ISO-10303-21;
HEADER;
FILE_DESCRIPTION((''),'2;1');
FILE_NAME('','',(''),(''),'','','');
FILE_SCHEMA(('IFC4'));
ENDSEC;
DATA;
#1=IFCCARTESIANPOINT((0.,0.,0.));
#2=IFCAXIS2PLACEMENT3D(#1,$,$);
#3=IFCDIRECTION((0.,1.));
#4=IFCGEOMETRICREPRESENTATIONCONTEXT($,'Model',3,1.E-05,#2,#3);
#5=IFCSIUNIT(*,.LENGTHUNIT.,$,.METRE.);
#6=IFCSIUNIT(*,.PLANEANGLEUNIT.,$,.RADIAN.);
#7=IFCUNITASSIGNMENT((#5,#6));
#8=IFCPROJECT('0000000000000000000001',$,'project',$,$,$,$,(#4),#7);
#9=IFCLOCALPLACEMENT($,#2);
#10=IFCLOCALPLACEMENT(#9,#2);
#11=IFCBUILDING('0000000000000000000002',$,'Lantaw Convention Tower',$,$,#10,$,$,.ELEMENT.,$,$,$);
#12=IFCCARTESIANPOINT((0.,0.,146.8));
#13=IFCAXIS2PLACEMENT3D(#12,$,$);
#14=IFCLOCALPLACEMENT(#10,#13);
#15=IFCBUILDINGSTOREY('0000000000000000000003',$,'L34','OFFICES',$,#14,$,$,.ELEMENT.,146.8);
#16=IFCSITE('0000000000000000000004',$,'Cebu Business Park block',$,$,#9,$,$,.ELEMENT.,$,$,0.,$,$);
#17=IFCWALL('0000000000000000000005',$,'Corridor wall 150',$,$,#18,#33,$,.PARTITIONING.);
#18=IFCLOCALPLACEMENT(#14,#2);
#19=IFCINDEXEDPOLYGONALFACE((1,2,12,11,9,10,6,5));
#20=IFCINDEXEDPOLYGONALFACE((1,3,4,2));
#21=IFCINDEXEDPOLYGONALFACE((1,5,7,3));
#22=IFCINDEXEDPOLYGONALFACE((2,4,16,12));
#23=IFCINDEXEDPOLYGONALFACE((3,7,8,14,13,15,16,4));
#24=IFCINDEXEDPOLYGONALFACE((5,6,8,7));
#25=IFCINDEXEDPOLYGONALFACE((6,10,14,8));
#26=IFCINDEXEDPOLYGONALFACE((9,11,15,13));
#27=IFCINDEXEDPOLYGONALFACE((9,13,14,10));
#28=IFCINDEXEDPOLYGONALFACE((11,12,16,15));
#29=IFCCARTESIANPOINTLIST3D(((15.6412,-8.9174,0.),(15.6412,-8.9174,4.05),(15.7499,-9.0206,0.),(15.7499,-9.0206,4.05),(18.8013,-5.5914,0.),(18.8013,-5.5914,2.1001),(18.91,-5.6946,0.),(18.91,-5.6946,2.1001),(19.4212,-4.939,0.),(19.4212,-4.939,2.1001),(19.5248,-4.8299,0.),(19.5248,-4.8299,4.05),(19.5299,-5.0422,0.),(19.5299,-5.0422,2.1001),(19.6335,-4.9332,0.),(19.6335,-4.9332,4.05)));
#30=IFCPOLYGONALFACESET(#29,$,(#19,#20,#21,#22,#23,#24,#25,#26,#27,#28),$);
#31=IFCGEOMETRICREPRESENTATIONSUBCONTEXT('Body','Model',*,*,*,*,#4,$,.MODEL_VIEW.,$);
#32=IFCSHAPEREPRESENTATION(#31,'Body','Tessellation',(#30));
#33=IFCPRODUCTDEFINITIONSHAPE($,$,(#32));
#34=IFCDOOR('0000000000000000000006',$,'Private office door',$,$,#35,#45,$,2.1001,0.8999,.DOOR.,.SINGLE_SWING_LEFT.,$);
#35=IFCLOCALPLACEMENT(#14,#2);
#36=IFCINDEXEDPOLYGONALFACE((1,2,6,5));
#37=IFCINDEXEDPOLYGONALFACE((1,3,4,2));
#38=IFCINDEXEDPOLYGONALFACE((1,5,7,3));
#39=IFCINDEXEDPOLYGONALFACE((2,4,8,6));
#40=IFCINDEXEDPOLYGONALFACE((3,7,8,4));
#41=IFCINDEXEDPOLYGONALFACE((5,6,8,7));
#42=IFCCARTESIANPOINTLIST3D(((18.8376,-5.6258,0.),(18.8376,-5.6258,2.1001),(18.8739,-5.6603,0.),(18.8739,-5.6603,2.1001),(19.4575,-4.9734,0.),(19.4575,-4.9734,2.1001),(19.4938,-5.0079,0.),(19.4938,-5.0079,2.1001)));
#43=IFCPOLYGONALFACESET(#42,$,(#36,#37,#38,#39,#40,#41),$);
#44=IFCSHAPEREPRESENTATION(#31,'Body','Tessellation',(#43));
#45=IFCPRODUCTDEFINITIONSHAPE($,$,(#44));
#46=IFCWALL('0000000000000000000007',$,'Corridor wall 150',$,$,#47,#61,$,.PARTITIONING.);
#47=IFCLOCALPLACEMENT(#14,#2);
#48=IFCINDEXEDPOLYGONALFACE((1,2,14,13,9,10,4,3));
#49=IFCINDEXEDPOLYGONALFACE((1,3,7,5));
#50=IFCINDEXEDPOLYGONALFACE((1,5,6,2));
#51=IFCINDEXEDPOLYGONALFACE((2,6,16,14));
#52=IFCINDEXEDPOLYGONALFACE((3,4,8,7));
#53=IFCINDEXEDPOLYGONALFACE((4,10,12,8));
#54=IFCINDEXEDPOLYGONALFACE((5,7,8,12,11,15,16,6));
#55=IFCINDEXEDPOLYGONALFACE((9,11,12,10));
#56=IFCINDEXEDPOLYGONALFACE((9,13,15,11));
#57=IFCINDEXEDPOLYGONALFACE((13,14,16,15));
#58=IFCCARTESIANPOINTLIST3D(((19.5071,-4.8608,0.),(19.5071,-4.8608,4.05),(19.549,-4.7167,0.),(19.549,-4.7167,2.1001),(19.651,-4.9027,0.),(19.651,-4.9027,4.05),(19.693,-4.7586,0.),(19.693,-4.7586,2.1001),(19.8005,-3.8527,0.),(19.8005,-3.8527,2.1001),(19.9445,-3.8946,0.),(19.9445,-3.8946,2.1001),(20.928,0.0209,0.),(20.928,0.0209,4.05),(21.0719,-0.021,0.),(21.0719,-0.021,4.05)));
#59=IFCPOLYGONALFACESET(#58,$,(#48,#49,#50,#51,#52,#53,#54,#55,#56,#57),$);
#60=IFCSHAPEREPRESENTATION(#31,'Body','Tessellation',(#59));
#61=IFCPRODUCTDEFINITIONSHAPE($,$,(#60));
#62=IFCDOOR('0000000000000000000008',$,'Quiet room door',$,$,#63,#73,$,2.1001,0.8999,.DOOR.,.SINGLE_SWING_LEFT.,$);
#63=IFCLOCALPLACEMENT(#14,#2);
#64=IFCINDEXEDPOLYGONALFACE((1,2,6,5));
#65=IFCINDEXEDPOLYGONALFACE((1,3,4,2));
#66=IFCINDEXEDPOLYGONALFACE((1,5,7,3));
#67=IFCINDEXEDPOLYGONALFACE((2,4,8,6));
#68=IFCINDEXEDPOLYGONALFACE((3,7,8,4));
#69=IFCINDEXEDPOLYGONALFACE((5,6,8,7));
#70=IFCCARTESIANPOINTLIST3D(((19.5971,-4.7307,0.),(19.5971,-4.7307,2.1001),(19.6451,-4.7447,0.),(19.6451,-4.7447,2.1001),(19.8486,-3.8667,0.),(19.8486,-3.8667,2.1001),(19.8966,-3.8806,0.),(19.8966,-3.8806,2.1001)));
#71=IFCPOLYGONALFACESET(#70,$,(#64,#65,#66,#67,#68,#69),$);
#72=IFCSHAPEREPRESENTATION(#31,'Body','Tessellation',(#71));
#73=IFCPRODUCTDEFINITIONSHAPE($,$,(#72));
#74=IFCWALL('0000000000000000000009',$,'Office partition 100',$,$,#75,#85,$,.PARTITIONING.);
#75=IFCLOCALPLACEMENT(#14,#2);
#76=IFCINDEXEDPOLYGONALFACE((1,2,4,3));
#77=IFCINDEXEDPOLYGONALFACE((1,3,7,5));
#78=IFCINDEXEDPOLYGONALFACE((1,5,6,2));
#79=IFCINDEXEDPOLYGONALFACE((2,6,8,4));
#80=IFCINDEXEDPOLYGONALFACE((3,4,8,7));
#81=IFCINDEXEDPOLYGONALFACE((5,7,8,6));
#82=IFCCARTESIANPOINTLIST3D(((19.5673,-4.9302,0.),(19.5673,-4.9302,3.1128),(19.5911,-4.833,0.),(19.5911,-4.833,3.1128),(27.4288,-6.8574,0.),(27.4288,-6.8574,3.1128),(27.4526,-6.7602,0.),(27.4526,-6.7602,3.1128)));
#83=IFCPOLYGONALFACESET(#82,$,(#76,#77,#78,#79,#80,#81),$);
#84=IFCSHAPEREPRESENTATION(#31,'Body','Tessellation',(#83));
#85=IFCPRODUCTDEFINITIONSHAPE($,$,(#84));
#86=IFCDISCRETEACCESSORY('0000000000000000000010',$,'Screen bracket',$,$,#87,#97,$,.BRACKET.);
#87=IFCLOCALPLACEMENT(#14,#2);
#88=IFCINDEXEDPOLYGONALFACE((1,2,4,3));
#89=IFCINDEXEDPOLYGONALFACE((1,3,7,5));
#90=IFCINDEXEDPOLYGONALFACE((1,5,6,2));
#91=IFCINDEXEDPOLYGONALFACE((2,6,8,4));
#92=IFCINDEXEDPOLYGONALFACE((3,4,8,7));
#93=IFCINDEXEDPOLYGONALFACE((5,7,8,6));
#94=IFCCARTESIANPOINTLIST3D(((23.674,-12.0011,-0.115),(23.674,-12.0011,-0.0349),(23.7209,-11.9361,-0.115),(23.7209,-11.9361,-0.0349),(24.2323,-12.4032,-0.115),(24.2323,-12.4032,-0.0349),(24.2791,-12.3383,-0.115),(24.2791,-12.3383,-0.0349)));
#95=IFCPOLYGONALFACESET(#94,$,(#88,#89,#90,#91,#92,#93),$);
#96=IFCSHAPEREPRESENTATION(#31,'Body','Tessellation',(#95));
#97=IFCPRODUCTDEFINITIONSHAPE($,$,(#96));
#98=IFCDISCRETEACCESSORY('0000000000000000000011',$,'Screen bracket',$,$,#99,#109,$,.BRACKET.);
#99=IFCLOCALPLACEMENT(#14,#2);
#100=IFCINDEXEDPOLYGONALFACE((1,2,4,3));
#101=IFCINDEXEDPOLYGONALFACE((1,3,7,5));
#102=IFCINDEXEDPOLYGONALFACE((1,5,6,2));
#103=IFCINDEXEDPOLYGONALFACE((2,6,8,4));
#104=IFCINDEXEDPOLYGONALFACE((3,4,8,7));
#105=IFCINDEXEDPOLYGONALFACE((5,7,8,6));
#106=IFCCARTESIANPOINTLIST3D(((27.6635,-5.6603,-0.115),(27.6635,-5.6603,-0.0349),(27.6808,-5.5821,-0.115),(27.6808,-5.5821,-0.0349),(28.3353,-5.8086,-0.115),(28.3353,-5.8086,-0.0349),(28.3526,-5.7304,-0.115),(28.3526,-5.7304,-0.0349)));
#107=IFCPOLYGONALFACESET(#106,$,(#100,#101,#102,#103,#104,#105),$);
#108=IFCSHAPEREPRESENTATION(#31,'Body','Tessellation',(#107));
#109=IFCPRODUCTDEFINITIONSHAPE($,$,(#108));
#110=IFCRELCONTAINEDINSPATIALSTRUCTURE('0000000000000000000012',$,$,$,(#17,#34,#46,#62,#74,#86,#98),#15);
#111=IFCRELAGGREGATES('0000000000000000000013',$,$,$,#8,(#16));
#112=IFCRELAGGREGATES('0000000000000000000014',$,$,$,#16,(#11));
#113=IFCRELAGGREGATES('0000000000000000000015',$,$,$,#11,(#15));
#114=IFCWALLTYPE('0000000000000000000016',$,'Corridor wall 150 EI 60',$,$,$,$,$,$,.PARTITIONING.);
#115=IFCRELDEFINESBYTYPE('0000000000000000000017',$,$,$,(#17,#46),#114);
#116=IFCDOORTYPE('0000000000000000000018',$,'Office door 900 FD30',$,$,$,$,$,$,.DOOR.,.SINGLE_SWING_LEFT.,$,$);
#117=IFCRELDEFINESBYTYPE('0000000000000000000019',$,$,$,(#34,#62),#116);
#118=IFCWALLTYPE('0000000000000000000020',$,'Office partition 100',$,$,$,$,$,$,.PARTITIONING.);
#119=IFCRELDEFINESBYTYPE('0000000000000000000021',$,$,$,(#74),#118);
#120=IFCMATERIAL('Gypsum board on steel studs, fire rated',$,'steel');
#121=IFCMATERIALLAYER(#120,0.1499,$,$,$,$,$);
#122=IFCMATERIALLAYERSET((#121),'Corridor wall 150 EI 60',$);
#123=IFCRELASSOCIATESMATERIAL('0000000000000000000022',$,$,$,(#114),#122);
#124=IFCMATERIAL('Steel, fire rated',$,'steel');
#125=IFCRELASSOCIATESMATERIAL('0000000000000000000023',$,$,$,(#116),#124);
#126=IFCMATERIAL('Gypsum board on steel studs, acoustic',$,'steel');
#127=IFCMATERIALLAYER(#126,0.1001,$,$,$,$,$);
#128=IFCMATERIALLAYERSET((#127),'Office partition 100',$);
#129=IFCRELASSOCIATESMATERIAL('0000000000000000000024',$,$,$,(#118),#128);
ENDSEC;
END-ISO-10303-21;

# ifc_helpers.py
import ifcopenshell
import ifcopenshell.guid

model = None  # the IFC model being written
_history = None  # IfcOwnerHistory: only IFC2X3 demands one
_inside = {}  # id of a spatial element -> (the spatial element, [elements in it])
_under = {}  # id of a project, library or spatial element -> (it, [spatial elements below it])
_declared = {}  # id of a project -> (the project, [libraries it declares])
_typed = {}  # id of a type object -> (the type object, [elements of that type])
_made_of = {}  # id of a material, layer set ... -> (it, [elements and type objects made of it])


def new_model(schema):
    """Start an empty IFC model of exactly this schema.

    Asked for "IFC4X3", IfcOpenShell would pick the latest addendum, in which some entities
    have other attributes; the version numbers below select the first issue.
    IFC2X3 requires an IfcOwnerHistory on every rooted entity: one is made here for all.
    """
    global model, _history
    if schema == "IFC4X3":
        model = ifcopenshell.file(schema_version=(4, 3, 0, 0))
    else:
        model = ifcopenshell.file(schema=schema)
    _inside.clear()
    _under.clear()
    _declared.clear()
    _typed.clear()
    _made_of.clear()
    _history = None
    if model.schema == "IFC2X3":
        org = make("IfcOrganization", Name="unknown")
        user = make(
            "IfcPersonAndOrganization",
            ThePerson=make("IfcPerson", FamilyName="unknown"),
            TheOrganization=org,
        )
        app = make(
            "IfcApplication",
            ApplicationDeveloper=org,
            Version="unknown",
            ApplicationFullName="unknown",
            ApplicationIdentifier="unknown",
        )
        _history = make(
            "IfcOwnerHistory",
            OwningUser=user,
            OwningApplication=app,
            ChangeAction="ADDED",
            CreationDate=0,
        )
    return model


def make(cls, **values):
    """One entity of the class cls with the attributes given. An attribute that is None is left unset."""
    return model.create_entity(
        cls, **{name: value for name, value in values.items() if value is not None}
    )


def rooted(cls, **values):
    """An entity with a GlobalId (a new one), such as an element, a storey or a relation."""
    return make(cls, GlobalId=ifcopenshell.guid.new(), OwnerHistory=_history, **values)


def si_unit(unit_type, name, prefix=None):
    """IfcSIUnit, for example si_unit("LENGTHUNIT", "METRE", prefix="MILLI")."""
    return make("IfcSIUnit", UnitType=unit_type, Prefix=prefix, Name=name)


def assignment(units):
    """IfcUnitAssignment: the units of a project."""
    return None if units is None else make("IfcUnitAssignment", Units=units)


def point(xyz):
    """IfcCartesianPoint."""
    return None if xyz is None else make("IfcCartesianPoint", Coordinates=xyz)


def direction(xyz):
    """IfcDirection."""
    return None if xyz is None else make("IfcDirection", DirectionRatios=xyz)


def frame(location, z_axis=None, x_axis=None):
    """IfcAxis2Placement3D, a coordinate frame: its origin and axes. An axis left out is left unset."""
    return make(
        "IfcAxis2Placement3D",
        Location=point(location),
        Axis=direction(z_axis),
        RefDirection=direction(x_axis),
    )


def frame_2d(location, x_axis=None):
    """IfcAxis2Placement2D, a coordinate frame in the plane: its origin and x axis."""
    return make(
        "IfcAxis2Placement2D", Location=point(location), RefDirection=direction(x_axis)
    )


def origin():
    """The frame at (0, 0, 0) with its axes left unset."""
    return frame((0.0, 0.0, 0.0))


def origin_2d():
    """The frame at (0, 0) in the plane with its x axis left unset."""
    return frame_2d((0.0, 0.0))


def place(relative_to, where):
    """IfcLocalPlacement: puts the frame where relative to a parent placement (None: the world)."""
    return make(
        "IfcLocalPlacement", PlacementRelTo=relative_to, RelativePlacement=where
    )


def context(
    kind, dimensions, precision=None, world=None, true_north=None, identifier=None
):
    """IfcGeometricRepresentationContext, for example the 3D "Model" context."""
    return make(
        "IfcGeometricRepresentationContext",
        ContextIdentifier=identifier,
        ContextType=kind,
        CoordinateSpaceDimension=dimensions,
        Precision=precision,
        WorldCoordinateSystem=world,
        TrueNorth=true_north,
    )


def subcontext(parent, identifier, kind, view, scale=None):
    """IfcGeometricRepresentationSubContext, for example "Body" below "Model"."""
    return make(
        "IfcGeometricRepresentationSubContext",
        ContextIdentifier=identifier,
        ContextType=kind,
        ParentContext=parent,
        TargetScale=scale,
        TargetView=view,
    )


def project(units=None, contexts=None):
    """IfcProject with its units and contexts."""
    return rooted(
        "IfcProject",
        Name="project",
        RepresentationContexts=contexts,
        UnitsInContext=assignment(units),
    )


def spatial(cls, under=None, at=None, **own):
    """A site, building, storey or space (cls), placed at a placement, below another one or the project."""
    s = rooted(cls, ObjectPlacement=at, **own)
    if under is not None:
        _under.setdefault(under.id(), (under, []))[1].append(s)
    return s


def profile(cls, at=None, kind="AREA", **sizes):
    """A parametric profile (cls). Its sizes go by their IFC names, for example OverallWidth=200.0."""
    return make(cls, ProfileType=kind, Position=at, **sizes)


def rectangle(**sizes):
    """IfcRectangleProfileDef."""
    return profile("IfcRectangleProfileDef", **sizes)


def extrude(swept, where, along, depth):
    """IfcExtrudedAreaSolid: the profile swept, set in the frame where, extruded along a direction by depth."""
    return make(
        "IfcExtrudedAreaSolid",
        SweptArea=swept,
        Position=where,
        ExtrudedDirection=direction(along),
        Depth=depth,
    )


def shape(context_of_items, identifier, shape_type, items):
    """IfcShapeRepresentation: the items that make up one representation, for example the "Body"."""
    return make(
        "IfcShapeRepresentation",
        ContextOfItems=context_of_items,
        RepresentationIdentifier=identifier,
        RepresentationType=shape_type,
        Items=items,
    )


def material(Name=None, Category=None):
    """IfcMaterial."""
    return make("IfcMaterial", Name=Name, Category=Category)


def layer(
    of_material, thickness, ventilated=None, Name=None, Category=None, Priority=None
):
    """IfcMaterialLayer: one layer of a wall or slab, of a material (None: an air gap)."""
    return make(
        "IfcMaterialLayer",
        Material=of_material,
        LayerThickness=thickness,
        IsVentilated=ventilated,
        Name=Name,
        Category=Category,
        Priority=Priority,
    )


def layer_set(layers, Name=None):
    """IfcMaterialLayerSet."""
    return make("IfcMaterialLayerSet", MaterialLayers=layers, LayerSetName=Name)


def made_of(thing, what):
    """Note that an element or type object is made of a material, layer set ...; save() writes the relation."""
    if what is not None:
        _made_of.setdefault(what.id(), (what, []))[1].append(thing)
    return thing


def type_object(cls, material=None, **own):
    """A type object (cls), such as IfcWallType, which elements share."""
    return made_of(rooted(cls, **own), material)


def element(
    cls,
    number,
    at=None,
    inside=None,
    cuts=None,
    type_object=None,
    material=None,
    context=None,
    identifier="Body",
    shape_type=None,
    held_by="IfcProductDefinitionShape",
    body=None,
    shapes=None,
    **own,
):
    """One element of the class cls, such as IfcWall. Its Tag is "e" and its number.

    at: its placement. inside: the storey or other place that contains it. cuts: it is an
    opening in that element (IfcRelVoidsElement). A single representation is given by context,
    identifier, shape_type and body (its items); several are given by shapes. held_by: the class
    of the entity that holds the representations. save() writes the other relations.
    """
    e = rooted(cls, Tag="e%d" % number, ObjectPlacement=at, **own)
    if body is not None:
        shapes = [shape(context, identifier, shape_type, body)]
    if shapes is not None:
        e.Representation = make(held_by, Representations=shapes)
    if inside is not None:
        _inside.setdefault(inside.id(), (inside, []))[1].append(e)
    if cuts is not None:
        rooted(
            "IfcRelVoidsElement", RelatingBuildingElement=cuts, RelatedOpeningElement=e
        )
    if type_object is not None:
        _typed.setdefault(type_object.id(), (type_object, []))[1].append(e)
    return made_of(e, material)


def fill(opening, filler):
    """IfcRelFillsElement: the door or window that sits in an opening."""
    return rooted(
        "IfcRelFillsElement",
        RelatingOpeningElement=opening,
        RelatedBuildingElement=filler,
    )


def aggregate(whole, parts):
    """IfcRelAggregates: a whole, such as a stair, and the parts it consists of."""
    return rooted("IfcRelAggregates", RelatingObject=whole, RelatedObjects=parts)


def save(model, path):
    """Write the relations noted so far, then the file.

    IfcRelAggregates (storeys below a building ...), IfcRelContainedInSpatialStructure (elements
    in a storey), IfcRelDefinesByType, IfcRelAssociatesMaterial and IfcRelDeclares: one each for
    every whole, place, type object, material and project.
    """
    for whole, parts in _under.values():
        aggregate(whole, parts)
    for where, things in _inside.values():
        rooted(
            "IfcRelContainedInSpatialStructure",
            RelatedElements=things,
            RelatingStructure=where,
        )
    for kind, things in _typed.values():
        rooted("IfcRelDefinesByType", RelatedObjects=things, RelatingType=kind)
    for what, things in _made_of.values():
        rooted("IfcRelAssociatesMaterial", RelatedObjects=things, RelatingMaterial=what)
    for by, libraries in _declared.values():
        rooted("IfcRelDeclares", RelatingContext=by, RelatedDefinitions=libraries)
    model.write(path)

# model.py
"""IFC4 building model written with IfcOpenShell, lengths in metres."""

from ifc_helpers import new_model, si_unit, direction, frame, frame_2d, origin, origin_2d, place, context, subcontext, project, spatial, rectangle, extrude, material, layer, layer_set, type_object, element, fill, save


model = new_model("IFC4")

# Units and contexts
model_context = context("Model", 3, precision=1e-05, world=origin(), true_north=direction((0.0, 1.0)))
body_context = subcontext(model_context, "Body", "Model", "MODEL_VIEW")
ifc_project = project(units=[si_unit("LENGTHUNIT", "METRE"), si_unit("PLANEANGLEUNIT", "RADIAN")], contexts=[model_context])

# Site, building, storey
site_placement = place(None, origin())
site = spatial("IfcSite", under=ifc_project, at=site_placement, Name="Cebu Business Park block", CompositionType="ELEMENT", RefElevation=0.0)
building_placement = place(site_placement, origin())
building = spatial("IfcBuilding", under=site, at=building_placement, Name="Lantaw Convention Tower", CompositionType="ELEMENT")
storey_placement = place(building_placement, frame((0.0, 0.0, 146.8)))
storey = spatial("IfcBuildingStorey", under=building, at=storey_placement, Name="L34", Description="OFFICES", CompositionType="ELEMENT", Elevation=146.8)

# Walls, openings, doors
ifc_material_1 = material(Name="Gypsum board on steel studs, fire rated", Category="steel")
ifc_layer_1 = layer(ifc_material_1, 0.1499)
ifc_layer_set_1 = layer_set([ifc_layer_1], Name="Corridor wall 150 EI 60")
wall_type_1 = type_object("IfcWallType", Name="Corridor wall 150 EI 60", PredefinedType="PARTITIONING", material=ifc_layer_set_1)
wall_1_placement = place(storey_placement, frame((15.6956, -8.969, 0.0), z_axis=(0.0, 0.0, 1.0), x_axis=(0.688797, 0.724954, 0.0)))
wall_1 = element("IfcWall", 1, at=wall_1_placement, inside=storey, type_object=wall_type_1, Name="Corridor wall 150", PredefinedType="PARTITIONING", context=body_context, shape_type="SweptSolid", body=[
    extrude(rectangle(XDim=5.6382, YDim=0.1499, at=frame_2d((2.8191, 0.0))), origin(), (0.0, 0.0, 1.0), 4.05),
])
opening_1_placement = place(wall_1_placement, frame((4.5879, 0.0, 0.0)))
opening_1 = element("IfcOpeningElement", 2, at=opening_1_placement, cuts=wall_1, PredefinedType="OPENING", context=body_context, shape_type="SweptSolid", body=[
    extrude(rectangle(XDim=0.8999, YDim=2.1001, at=frame_2d((0.45, 1.05))), frame((0.0, 0.085, 0.0), z_axis=(0.0, -1.0, 0.0), x_axis=(1.0, 0.0, 0.0)), (0.0, 0.0, 1.0), 0.1699),
])
ifc_material_2 = material(Name="Steel, fire rated", Category="steel")
door_type = type_object("IfcDoorType", Name="Office door 900 FD30", OperationType="SINGLE_SWING_LEFT", PredefinedType="DOOR", material=ifc_material_2)
door_1_placement = place(opening_1_placement, origin())
door_1 = element("IfcDoor", 3, at=door_1_placement, inside=storey, type_object=door_type, Name="Private office door", OperationType="SINGLE_SWING_LEFT", OverallHeight=2.1001, OverallWidth=0.8999, PredefinedType="DOOR", context=body_context, shape_type="SweptSolid", body=[
    extrude(rectangle(XDim=0.8999, YDim=2.1001, at=frame_2d((0.45, 1.05))), frame((0.0, 0.0249, 0.0), z_axis=(0.0, -1.0, 0.0), x_axis=(1.0, 0.0, 0.0)), (0.0, 0.0, 1.0), 0.05),
])
fill(opening_1, door_1)
wall_2_placement = place(storey_placement, frame((19.5791, -4.8816, 0.0), z_axis=(0.0, 0.0, 1.0), x_axis=(0.279474, 0.960153, 0.0)))
wall_2 = element("IfcWall", 4, at=wall_2_placement, inside=storey, type_object=wall_type_1, Name="Corridor wall 150", PredefinedType="PARTITIONING", context=body_context, shape_type="SweptSolid", body=[
    extrude(rectangle(XDim=5.0842, YDim=0.1499, at=frame_2d((2.542, 0.0))), origin(), (0.0, 0.0, 1.0), 4.05),
])
opening_2_placement = place(wall_2_placement, frame((0.1499, 0.0, 0.0)))
opening_2 = element("IfcOpeningElement", 5, at=opening_2_placement, cuts=wall_2, PredefinedType="OPENING", context=body_context, shape_type="SweptSolid", body=[
    extrude(rectangle(XDim=0.8999, YDim=2.1001, at=frame_2d((0.45, 1.05))), frame((0.0, 0.085, 0.0), z_axis=(0.0, -1.0, 0.0), x_axis=(1.0, 0.0, 0.0)), (0.0, 0.0, 1.0), 0.1699),
])
door_2_placement = place(opening_2_placement, origin())
door_2 = element("IfcDoor", 6, at=door_2_placement, inside=storey, type_object=door_type, Name="Quiet room door", OperationType="SINGLE_SWING_LEFT", OverallHeight=2.1001, OverallWidth=0.8999, PredefinedType="DOOR", context=body_context, shape_type="SweptSolid", body=[
    extrude(rectangle(XDim=0.8999, YDim=2.1001, at=frame_2d((0.45, 1.05))), frame((0.0, 0.0249, 0.0), z_axis=(0.0, -1.0, 0.0), x_axis=(1.0, 0.0, 0.0)), (0.0, 0.0, 1.0), 0.05),
])
fill(opening_2, door_2)

# Wall
ifc_material_3 = material(Name="Gypsum board on steel studs, acoustic", Category="steel")
ifc_layer_2 = layer(ifc_material_3, 0.1001)
ifc_layer_set_2 = layer_set([ifc_layer_2], Name="Office partition 100")
wall_type_2 = type_object("IfcWallType", Name="Office partition 100", PredefinedType="PARTITIONING", material=ifc_layer_set_2)
wall_3_placement = place(storey_placement, frame((27.4407, -6.8088, 0.0), z_axis=(0.0, 0.0, 1.0), x_axis=(-0.971241, 0.238098, 0.0)))
element("IfcWall", 7, at=wall_3_placement, inside=storey, type_object=wall_type_2, Name="Office partition 100", PredefinedType="PARTITIONING", context=body_context, shape_type="SweptSolid", body=[
    extrude(rectangle(XDim=8.0942, YDim=0.1001, at=frame_2d((4.0471, 0.0))), origin(), (0.0, 0.0, 1.0), 3.1128),
])

# Discrete accessories
for number, where, z_axis, x_axis, name in (
    (8, (23.9766, -12.1697, -0.115), (0.0, 0.0, 1.0), (0.584513, 0.811385, 0.0), "Screen bracket"),
    (9, (28.0081, -5.6953, -0.115), (0.0, 0.0, 1.0), (0.215546, 0.976494, 0.0), "Screen bracket"),
):
    element("IfcDiscreteAccessory", number, at=place(storey_placement, frame(where, z_axis=z_axis, x_axis=x_axis)), inside=storey, Name=name, PredefinedType="BRACKET", context=body_context, shape_type="SweptSolid", body=[
        extrude(rectangle(XDim=0.0801, YDim=0.688, at=origin_2d()), origin(), (0.0, 0.0, 1.0), 0.0801),
    ])

save(model, "model.ifc")
